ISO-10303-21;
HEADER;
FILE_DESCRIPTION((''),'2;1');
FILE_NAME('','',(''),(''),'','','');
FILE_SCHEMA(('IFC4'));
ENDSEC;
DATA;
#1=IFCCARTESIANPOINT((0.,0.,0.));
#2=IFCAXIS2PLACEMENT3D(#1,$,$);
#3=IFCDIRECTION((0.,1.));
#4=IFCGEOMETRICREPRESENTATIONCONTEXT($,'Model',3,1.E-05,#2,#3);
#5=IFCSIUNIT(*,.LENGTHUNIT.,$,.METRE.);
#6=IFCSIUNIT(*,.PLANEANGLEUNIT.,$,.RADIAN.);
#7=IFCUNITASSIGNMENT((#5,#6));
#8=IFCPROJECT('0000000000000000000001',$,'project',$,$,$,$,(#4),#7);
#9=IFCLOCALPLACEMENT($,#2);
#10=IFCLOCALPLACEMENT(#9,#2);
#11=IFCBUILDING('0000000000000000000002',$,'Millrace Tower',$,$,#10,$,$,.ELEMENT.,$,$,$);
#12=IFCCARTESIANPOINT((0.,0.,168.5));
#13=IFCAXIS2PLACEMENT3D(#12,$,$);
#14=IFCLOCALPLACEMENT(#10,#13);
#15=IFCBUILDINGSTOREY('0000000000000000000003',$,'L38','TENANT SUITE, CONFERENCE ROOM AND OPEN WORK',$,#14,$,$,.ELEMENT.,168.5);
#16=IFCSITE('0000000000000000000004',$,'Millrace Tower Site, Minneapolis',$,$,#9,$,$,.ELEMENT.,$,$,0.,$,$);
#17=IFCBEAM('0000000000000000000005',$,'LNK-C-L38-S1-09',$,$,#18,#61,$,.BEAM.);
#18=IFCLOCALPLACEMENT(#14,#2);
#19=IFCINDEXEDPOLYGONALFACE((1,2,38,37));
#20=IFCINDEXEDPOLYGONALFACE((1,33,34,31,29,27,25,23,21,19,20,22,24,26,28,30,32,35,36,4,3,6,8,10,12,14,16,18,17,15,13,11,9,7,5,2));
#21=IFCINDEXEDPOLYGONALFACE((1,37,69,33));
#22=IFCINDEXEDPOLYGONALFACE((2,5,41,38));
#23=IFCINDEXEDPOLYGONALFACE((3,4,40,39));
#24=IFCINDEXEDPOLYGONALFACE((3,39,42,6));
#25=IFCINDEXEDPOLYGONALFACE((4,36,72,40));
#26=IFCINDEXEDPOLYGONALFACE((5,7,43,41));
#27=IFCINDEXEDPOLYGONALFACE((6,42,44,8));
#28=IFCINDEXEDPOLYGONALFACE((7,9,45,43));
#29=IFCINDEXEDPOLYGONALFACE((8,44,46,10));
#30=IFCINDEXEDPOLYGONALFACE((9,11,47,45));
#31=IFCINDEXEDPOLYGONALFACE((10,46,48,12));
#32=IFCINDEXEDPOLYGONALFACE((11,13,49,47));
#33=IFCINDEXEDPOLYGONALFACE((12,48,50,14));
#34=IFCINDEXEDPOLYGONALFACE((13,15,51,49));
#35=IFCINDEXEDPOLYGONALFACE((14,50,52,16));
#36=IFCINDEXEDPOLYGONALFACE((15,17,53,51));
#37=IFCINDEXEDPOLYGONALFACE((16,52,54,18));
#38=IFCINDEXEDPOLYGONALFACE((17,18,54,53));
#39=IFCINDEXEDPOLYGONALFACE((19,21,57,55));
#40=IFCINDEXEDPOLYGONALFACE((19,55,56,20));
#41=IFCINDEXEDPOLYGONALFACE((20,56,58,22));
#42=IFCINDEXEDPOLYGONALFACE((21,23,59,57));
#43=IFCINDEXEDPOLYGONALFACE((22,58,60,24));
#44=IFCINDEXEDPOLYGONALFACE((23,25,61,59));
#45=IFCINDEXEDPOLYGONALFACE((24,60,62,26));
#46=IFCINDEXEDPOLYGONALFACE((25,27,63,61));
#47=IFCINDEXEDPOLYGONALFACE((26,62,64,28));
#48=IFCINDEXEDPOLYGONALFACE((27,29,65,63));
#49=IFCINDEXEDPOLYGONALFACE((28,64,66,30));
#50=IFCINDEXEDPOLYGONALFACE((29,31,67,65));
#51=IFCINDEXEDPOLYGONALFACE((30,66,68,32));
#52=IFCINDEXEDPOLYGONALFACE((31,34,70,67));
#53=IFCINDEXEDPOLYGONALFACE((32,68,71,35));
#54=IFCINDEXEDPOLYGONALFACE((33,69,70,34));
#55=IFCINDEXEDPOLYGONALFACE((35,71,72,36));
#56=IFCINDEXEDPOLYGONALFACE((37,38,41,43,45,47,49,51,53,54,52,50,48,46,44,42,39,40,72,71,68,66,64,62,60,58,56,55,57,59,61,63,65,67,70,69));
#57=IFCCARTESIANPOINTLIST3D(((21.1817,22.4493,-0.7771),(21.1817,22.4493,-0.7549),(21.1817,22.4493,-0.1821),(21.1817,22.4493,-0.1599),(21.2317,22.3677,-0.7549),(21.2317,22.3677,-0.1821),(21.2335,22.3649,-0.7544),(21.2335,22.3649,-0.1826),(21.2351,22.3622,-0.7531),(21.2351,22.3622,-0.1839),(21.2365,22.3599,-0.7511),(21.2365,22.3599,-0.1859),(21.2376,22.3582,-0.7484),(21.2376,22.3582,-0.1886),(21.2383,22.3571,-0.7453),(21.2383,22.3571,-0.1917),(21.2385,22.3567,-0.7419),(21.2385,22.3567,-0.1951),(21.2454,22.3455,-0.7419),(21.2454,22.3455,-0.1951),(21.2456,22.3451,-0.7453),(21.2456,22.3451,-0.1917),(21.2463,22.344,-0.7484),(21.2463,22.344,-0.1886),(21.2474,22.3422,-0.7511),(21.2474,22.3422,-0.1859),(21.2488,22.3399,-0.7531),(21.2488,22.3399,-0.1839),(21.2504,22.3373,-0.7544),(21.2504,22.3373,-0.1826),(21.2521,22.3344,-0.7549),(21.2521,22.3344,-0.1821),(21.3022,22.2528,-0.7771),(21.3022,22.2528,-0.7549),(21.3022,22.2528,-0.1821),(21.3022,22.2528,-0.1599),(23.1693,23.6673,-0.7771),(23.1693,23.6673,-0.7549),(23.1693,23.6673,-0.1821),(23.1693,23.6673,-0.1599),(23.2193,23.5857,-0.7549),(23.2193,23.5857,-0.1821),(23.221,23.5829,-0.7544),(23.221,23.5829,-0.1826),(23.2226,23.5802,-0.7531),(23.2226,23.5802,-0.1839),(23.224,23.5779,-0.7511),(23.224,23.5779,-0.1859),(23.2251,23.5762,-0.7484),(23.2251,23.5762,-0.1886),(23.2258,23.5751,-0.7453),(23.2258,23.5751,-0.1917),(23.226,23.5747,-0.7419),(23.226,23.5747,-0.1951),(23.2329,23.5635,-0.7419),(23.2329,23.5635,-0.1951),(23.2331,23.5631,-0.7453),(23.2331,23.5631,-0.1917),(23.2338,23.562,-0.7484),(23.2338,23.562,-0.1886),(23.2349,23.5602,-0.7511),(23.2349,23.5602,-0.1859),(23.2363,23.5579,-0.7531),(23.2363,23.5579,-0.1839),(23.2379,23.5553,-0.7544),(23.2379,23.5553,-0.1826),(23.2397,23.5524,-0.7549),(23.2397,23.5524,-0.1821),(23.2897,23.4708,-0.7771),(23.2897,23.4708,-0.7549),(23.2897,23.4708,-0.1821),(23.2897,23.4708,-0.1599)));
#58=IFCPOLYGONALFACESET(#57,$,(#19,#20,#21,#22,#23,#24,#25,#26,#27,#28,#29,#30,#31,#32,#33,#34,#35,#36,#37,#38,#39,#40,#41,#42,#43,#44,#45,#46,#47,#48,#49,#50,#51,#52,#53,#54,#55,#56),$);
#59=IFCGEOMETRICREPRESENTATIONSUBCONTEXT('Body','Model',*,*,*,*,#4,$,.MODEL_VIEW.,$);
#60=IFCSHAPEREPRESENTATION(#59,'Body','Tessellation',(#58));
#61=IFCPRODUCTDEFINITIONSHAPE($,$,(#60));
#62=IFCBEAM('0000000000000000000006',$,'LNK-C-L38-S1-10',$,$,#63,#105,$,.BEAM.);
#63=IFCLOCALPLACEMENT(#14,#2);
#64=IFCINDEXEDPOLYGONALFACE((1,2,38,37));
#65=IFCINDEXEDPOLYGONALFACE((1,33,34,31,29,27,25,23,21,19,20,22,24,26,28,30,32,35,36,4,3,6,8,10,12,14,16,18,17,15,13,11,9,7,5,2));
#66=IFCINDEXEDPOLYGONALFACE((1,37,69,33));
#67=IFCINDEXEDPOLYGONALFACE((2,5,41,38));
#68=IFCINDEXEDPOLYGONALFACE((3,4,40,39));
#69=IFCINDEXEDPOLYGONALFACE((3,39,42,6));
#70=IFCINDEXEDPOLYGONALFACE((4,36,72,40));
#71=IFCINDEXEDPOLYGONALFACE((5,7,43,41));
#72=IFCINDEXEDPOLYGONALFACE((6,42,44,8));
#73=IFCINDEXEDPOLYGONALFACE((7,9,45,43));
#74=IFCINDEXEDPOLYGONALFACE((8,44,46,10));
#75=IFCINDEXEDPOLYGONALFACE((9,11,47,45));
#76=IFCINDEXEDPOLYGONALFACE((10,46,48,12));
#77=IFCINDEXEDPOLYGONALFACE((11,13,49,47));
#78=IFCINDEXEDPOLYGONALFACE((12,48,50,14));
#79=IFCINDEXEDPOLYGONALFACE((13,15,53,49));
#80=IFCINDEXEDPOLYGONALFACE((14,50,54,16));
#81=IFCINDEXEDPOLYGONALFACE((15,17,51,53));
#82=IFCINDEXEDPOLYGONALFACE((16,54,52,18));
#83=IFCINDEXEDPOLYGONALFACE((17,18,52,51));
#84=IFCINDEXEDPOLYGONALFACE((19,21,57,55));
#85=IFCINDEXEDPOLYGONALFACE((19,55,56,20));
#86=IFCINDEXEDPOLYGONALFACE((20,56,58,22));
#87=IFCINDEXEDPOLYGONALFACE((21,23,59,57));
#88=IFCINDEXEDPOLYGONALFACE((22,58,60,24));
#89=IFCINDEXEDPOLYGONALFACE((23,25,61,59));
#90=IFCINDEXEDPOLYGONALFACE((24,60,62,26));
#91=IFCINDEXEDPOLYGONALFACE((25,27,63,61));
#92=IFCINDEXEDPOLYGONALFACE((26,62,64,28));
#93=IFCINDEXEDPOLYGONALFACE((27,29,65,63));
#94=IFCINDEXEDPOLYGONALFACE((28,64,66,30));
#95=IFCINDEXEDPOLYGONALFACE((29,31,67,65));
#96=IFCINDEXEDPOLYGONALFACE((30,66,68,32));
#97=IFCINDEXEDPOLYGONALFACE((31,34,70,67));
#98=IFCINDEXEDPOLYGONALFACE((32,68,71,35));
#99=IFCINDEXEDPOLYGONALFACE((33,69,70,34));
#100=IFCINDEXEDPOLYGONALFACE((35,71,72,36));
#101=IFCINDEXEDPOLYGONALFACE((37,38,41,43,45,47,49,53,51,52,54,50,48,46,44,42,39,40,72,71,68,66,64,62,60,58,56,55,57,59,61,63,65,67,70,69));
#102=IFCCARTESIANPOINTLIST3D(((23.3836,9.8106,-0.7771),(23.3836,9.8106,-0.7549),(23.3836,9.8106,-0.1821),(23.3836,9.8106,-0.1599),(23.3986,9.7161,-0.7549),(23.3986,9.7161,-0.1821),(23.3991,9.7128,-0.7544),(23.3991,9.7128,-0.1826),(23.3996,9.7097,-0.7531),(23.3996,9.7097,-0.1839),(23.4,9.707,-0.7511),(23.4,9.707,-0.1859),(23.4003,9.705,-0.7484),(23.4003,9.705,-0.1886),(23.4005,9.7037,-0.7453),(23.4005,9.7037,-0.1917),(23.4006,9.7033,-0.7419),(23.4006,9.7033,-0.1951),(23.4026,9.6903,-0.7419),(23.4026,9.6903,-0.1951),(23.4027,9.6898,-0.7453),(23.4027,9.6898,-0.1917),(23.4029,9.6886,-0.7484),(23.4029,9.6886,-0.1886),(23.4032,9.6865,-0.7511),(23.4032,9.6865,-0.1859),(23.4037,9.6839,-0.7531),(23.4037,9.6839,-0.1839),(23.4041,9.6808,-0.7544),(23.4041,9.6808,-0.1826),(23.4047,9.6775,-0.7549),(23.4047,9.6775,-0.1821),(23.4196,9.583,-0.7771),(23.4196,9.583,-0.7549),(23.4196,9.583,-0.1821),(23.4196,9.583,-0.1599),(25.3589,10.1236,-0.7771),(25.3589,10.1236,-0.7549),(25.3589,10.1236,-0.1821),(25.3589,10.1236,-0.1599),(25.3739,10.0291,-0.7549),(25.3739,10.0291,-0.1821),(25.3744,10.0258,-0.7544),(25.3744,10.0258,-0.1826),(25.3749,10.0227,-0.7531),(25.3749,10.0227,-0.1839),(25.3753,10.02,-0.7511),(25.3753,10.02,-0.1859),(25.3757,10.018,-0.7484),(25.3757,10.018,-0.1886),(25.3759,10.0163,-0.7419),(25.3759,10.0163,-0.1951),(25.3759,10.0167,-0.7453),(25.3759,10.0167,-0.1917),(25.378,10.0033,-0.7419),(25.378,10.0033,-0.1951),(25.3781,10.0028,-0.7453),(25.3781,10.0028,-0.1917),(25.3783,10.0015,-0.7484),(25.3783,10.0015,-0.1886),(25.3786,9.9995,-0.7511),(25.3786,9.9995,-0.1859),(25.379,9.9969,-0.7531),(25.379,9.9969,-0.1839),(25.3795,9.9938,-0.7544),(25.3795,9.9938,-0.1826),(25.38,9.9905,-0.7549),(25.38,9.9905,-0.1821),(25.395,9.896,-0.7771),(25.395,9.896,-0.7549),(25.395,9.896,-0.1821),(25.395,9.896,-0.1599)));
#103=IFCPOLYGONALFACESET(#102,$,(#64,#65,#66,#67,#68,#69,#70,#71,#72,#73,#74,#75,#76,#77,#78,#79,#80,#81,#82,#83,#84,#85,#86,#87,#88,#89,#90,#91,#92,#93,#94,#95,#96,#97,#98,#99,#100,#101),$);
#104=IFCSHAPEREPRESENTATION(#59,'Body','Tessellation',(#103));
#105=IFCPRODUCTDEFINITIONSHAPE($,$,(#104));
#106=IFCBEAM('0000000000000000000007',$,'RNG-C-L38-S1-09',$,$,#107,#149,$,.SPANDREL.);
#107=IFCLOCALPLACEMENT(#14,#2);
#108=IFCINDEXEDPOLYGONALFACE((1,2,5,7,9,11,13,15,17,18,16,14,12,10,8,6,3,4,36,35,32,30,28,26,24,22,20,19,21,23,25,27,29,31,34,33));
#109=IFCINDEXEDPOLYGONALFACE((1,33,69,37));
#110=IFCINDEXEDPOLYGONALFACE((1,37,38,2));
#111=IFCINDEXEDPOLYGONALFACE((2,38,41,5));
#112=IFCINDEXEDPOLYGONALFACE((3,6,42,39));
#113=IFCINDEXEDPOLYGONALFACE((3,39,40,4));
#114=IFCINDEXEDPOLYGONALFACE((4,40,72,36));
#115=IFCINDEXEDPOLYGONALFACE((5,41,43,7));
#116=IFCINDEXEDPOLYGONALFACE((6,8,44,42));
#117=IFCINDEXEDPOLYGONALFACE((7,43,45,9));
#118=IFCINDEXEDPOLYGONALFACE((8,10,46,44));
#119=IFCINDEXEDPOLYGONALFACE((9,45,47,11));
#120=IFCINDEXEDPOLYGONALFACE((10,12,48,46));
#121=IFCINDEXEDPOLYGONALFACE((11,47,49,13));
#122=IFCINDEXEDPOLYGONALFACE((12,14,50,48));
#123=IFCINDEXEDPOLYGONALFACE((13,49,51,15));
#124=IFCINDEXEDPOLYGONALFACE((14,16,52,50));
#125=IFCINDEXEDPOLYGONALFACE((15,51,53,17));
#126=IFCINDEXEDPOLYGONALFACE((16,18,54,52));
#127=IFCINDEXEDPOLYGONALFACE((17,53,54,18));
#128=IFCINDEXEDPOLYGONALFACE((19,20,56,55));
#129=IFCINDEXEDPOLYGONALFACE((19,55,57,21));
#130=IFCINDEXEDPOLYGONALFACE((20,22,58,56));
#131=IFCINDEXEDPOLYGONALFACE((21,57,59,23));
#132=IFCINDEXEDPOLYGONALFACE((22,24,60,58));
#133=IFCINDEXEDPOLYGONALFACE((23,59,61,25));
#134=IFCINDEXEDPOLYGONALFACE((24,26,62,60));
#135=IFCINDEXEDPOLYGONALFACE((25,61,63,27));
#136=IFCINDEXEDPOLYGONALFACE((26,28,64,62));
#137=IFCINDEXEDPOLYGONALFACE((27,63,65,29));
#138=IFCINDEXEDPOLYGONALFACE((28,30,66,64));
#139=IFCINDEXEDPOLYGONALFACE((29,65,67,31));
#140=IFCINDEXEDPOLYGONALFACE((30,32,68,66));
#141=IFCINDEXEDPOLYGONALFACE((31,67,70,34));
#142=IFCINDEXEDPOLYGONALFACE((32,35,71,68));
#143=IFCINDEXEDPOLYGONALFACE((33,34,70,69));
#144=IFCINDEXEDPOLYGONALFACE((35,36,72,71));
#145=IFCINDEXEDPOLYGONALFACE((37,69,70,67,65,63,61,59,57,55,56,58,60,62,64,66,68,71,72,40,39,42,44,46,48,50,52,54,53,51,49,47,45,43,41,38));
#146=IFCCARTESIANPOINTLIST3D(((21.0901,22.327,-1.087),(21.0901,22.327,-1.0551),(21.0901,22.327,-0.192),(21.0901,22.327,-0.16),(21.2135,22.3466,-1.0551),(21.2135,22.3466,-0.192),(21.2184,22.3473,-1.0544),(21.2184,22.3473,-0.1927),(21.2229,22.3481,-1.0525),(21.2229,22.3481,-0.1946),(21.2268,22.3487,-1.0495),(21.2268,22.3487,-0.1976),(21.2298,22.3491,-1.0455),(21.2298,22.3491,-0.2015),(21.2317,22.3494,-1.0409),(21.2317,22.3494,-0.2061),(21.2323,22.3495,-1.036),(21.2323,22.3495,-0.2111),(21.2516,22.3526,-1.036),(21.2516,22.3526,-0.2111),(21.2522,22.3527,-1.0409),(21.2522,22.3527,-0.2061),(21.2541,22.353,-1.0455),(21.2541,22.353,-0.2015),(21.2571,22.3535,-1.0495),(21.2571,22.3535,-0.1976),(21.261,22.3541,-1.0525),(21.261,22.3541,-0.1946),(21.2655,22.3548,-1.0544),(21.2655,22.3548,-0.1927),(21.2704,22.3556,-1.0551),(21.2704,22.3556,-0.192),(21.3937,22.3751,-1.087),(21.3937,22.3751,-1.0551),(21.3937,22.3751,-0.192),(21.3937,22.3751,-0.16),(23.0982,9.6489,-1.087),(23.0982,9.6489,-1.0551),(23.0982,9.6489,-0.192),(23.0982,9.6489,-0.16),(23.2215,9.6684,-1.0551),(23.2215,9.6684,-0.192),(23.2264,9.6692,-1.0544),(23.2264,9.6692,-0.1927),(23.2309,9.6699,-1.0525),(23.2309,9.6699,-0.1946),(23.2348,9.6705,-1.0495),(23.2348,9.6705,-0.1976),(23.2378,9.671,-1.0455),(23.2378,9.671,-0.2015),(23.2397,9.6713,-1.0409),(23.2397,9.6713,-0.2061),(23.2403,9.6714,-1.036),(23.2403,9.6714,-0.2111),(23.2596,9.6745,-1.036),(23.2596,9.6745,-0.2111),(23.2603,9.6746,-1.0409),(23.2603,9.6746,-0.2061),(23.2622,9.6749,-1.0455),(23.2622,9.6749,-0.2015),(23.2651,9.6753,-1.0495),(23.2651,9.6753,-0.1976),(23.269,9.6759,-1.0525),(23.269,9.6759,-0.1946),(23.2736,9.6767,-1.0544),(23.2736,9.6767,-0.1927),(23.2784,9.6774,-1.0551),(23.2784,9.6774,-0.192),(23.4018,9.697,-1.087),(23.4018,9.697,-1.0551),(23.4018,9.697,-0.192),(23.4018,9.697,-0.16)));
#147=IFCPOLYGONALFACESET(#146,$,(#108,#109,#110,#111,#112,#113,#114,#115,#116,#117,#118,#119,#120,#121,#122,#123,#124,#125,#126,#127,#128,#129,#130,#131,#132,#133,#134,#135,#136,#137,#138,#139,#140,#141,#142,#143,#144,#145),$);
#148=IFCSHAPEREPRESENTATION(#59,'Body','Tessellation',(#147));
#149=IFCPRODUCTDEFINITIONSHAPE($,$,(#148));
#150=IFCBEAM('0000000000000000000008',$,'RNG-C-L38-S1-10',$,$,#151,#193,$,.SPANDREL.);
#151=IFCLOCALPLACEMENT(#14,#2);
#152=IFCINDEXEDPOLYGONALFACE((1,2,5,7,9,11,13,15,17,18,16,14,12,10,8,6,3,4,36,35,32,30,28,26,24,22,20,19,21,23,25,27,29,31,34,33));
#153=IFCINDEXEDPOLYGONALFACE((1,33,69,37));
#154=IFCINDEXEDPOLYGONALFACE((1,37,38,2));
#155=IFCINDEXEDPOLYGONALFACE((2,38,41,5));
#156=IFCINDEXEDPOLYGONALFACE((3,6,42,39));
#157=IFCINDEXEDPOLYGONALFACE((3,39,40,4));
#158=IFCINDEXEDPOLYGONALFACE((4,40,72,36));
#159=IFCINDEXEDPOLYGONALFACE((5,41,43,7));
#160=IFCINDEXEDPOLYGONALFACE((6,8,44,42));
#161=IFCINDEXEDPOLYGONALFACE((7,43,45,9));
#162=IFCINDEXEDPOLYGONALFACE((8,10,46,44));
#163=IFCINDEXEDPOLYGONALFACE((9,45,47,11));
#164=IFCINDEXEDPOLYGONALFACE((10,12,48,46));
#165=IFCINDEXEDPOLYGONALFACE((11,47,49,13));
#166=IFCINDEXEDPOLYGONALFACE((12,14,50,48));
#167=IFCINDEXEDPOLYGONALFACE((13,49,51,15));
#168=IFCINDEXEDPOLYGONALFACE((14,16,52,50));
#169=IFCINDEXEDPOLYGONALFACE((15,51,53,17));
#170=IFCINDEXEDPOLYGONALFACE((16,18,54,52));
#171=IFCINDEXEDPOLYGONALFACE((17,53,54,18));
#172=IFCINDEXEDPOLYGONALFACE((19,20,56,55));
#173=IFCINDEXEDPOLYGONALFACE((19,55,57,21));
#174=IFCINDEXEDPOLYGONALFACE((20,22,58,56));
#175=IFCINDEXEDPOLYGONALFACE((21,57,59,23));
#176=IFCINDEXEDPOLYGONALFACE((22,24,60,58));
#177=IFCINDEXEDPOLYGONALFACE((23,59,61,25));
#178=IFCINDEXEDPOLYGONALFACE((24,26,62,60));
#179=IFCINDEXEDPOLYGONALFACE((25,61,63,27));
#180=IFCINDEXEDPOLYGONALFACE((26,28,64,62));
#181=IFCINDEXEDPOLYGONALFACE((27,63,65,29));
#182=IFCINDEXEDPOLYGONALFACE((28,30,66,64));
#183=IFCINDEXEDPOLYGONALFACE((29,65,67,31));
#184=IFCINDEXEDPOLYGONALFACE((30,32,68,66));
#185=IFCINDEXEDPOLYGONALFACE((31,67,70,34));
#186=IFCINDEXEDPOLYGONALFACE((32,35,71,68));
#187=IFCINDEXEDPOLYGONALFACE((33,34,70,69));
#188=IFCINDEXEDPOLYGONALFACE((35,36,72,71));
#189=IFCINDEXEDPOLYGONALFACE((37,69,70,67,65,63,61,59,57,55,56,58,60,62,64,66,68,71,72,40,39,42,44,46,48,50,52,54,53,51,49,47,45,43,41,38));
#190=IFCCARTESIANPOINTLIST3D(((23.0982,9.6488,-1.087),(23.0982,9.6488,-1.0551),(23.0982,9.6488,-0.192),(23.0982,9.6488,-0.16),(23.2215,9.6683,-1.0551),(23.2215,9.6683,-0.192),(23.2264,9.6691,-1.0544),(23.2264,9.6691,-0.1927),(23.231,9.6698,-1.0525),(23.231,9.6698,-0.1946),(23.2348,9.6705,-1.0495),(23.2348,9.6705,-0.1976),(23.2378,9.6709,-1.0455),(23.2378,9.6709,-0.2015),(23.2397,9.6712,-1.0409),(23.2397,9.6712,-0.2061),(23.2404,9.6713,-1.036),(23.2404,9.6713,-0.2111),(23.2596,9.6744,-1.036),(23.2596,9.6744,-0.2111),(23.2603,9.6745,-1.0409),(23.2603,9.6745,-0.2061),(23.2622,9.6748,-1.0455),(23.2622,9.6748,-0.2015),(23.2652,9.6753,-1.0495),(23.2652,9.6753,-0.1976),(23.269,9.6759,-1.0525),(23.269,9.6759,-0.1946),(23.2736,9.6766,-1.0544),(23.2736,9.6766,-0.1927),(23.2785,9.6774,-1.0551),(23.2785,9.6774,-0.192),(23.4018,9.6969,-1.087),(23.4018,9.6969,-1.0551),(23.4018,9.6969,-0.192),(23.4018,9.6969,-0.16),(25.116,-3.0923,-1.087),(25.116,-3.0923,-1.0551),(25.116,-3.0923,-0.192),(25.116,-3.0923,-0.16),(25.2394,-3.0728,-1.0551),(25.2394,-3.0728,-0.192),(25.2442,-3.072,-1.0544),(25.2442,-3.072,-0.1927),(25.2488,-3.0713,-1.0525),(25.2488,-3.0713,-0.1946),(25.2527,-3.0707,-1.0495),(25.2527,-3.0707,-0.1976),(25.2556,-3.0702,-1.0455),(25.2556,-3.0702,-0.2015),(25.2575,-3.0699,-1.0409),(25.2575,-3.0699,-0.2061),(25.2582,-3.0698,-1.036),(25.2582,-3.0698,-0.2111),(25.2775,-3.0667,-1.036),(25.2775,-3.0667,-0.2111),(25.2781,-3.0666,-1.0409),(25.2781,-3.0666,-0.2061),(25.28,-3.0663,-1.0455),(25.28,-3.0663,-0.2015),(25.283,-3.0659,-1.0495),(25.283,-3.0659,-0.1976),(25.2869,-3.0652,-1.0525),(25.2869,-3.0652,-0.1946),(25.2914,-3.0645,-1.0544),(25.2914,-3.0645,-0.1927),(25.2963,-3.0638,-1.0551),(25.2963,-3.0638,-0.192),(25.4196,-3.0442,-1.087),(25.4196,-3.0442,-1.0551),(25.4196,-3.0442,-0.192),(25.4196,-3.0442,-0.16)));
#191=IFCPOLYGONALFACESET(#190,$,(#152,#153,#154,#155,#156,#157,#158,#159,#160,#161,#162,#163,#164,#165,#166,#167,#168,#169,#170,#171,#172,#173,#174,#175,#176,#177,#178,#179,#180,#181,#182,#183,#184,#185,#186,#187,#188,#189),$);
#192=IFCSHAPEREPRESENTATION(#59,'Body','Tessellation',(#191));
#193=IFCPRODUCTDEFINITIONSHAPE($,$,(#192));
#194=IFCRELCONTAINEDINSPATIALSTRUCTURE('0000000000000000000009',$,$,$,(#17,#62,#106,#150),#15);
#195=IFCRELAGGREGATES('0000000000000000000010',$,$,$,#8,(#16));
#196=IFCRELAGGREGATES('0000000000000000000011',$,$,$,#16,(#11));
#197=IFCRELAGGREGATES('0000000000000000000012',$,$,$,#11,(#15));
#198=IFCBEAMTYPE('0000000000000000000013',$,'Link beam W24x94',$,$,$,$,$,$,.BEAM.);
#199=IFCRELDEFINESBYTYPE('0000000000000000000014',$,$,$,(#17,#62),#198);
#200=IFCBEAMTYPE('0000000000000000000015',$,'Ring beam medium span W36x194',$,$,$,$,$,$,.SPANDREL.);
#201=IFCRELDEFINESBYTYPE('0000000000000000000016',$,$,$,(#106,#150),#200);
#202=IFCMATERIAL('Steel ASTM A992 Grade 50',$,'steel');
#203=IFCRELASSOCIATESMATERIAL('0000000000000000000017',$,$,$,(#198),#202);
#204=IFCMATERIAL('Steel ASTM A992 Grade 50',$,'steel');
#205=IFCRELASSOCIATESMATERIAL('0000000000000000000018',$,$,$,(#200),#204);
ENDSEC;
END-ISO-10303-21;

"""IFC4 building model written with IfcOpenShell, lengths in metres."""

from ifc_helpers import new_model, si_unit, direction, frame, origin, origin_2d, place, context, subcontext, project, spatial, i_section, extrude, material, material_profile, profile_set, type_object, element, save


model = new_model("IFC4")

# Units and contexts
model_context = context("Model", 3, precision=1e-05, world=origin(), true_north=direction((0.0, 1.0)))
body_context = subcontext(model_context, "Body", "Model", "MODEL_VIEW")
ifc_project = project(units=[si_unit("LENGTHUNIT", "METRE"), si_unit("PLANEANGLEUNIT", "RADIAN")], contexts=[model_context])

# Site, building, storey
site_placement = place(None, origin())
site = spatial("IfcSite", under=ifc_project, at=site_placement, Name="Millrace Tower Site, Minneapolis", CompositionType="ELEMENT", RefElevation=0.0)
building_placement = place(site_placement, origin())
building = spatial("IfcBuilding", under=site, at=building_placement, Name="Millrace Tower", CompositionType="ELEMENT")
storey_placement = place(building_placement, frame((0.0, 0.0, 168.5)))
storey = spatial("IfcBuildingStorey", under=building, at=storey_placement, Name="L38", Description="TENANT SUITE, CONFERENCE ROOM AND OPEN WORK", CompositionType="ELEMENT", Elevation=168.5)

# Beams
ifc_material_1 = material(Name="Steel ASTM A992 Grade 50", Category="steel")
ifc_material_profile_1 = material_profile(ifc_material_1, i_section(OverallWidth=0.2305, OverallDepth=0.6172, WebThickness=0.0132, FlangeThickness=0.0222, FilletRadius=0.0129, at=origin_2d()))
ifc_profile_set_1 = profile_set([ifc_material_profile_1], Name="Steel ASTM A992 Grade 50")
beam_type_1 = type_object("IfcBeamType", Name="Link beam W24x94", PredefinedType="BEAM", material=ifc_profile_set_1)
beam_1_placement = place(storey_placement, frame((21.2419, 22.3511, -0.4685), z_axis=(0.852631, 0.522513, 0.0), x_axis=(-0.522513, 0.852631, 0.0)))
element("IfcBeam", 1, at=beam_1_placement, inside=storey, type_object=beam_type_1, Name="LNK-C-L38-S1-09", PredefinedType="BEAM", context=body_context, shape_type="SweptSolid", body=[
    extrude(i_section(OverallWidth=0.2305, OverallDepth=0.6172, WebThickness=0.0132, FlangeThickness=0.0222, FilletRadius=0.0129, at=origin_2d()), origin(), (0.0, 0.0, 1.0), 2.3311),
])
beam_2_placement = place(storey_placement, frame((23.4016, 9.6968, -0.4685), z_axis=(0.987679, 0.156495, 0.0), x_axis=(-0.156495, 0.987679, 0.0)))
element("IfcBeam", 2, at=beam_2_placement, inside=storey, type_object=beam_type_1, Name="LNK-C-L38-S1-10", PredefinedType="BEAM", context=body_context, shape_type="SweptSolid", body=[
    extrude(i_section(OverallWidth=0.2305, OverallDepth=0.6172, WebThickness=0.0132, FlangeThickness=0.0222, FilletRadius=0.0129, at=origin_2d()), origin(), (0.0, 0.0, 1.0), 2.0),
])
ifc_material_2 = material(Name="Steel ASTM A992 Grade 50", Category="steel")
ifc_material_profile_2 = material_profile(ifc_material_2, i_section(OverallWidth=0.3074, OverallDepth=0.927, WebThickness=0.0195, FlangeThickness=0.032, FilletRadius=0.019, at=origin_2d()))
ifc_profile_set_2 = profile_set([ifc_material_profile_2], Name="Steel ASTM A992 Grade 50")
beam_type_2 = type_object("IfcBeamType", Name="Ring beam medium span W36x194", PredefinedType="SPANDREL", material=ifc_profile_set_2)
beam_3_placement = place(storey_placement, frame((21.2419, 22.3511, -0.6235), z_axis=(0.156436, -0.987688, 0.0), x_axis=(0.987688, 0.156436, 0.0)))
element("IfcBeam", 3, at=beam_3_placement, inside=storey, type_object=beam_type_2, Name="RNG-C-L38-S1-09", PredefinedType="SPANDREL", context=body_context, shape_type="SweptSolid", body=[
    extrude(i_section(OverallWidth=0.3074, OverallDepth=0.927, WebThickness=0.0195, FlangeThickness=0.032, FilletRadius=0.019, at=origin_2d()), origin(), (0.0, 0.0, 1.0), 12.8362),
])
beam_4_placement = place(storey_placement, frame((23.25, 9.6729, -0.6235), z_axis=(0.15642, -0.987691, 0.0), x_axis=(0.987691, 0.15642, 0.0)))
element("IfcBeam", 4, at=beam_4_placement, inside=storey, type_object=beam_type_2, Name="RNG-C-L38-S1-10", PredefinedType="SPANDREL", context=body_context, shape_type="SweptSolid", body=[
    extrude(i_section(OverallWidth=0.3074, OverallDepth=0.927, WebThickness=0.0195, FlangeThickness=0.032, FilletRadius=0.019, at=origin_2d()), origin(), (0.0, 0.0, 1.0), 12.8999),
])

save(model, "model.ifc")
